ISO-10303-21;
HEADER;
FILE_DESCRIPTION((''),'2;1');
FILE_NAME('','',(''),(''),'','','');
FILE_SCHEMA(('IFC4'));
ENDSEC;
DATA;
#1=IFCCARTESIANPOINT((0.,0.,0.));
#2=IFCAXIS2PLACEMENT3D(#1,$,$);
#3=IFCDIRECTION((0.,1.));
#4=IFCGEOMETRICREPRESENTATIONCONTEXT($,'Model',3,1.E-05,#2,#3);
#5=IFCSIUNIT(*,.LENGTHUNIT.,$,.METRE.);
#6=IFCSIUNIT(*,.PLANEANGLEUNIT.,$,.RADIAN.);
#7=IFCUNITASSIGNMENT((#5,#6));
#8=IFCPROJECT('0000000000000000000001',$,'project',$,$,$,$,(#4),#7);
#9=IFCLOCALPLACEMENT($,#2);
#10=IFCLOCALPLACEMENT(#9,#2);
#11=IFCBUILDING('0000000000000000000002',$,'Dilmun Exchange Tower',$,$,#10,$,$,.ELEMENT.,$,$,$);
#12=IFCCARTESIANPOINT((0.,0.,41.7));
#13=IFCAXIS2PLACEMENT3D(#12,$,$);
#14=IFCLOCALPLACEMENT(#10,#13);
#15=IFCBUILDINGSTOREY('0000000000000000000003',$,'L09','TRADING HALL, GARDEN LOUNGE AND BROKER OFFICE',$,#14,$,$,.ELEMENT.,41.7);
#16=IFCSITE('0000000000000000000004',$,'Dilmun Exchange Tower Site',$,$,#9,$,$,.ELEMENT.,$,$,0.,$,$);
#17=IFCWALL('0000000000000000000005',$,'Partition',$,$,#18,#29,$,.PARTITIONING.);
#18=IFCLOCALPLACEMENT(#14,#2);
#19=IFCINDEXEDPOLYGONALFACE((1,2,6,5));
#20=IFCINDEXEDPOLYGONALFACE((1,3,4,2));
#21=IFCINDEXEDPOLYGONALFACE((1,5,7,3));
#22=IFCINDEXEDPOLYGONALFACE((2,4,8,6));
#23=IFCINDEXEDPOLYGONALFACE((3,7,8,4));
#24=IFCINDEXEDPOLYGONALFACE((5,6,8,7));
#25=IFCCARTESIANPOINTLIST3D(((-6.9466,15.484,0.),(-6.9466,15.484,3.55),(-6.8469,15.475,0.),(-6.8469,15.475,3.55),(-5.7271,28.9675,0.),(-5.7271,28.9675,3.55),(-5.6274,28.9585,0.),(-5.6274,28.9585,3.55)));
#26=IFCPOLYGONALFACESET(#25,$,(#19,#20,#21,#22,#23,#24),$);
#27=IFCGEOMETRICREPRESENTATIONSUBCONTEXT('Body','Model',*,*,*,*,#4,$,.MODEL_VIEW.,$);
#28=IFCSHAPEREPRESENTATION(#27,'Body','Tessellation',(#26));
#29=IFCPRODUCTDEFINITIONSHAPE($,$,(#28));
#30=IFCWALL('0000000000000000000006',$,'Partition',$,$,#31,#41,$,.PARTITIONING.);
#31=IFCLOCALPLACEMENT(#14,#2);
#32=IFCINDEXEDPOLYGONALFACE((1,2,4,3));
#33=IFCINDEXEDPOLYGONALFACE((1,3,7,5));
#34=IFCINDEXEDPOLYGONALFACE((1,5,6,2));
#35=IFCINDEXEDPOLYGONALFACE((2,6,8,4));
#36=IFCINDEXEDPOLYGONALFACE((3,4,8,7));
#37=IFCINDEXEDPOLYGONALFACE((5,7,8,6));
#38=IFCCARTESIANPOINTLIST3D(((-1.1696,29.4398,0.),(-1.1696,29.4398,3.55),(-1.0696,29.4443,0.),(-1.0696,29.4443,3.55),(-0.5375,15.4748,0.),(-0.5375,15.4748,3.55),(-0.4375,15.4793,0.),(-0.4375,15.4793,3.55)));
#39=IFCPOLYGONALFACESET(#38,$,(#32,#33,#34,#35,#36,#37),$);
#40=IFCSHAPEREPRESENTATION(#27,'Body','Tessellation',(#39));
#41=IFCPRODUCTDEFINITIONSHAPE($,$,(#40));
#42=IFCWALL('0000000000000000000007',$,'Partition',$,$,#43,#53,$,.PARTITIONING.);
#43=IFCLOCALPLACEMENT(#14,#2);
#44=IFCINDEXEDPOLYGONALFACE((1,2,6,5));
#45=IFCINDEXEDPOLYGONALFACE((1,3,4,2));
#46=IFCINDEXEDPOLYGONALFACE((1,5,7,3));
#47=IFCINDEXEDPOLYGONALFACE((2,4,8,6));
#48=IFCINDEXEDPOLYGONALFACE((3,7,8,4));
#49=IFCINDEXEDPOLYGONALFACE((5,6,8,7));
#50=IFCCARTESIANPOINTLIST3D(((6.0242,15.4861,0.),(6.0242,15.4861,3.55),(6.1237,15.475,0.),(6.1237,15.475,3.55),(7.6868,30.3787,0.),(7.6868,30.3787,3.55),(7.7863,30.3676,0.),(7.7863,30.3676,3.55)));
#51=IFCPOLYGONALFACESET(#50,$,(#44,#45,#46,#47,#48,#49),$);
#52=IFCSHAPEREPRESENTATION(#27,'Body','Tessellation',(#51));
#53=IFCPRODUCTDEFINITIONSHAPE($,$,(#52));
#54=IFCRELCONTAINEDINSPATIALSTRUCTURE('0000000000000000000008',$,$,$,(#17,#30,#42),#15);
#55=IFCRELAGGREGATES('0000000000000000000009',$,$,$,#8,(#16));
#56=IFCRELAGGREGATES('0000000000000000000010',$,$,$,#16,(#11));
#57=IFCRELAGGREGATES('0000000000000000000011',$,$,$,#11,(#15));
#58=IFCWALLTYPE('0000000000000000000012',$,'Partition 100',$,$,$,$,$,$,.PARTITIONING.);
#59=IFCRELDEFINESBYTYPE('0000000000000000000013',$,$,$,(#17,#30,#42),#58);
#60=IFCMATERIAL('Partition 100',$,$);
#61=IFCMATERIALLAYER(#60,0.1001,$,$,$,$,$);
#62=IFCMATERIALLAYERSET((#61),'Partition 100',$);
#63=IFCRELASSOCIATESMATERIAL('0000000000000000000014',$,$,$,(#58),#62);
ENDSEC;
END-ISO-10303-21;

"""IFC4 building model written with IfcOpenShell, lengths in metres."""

from ifc_helpers import new_model, si_unit, direction, frame, frame_2d, origin, place, context, subcontext, project, spatial, rectangle, extrude, material, layer, layer_set, type_object, element, save


model = new_model("IFC4")

# Units and contexts
model_context = context("Model", 3, precision=1e-05, world=origin(), true_north=direction((0.0, 1.0)))
body_context = subcontext(model_context, "Body", "Model", "MODEL_VIEW")
ifc_project = project(units=[si_unit("LENGTHUNIT", "METRE"), si_unit("PLANEANGLEUNIT", "RADIAN")], contexts=[model_context])

# Site, building, storey
site_placement = place(None, origin())
site = spatial("IfcSite", under=ifc_project, at=site_placement, Name="Dilmun Exchange Tower Site", CompositionType="ELEMENT", RefElevation=0.0)
building_placement = place(site_placement, origin())
building = spatial("IfcBuilding", under=site, at=building_placement, Name="Dilmun Exchange Tower", CompositionType="ELEMENT")
storey_placement = place(building_placement, frame((0.0, 0.0, 41.7)))
storey = spatial("IfcBuildingStorey", under=building, at=storey_placement, Name="L09", Description="TRADING HALL, GARDEN LOUNGE AND BROKER OFFICE", CompositionType="ELEMENT", Elevation=41.7)

# Walls
ifc_material_1 = material(Name="Partition 100")
ifc_layer_1 = layer(ifc_material_1, 0.1001)
ifc_layer_set_1 = layer_set([ifc_layer_1], Name="Partition 100")
wall_type_1 = type_object("IfcWallType", Name="Partition 100", PredefinedType="PARTITIONING", material=ifc_layer_set_1)
wall_1_placement = place(storey_placement, frame((-6.8967, 15.4795, 0.0), z_axis=(0.0, 0.0, 1.0), x_axis=(0.090074, 0.995935, 0.0)))
element("IfcWall", 1, at=wall_1_placement, inside=storey, type_object=wall_type_1, Name="Partition", PredefinedType="PARTITIONING", context=body_context, shape_type="SweptSolid", body=[
    extrude(rectangle(XDim=13.5386, YDim=0.1001, at=frame_2d((6.7693, 0.0))), origin(), (0.0, 0.0, 1.0), 3.55),
])
wall_2_placement = place(storey_placement, frame((-1.1196, 29.4421, 0.0), z_axis=(0.0, 0.0, 1.0), x_axis=(0.045216, -0.998977, 0.0)))
element("IfcWall", 2, at=wall_2_placement, inside=storey, type_object=wall_type_1, Name="Partition", PredefinedType="PARTITIONING", context=body_context, shape_type="SweptSolid", body=[
    extrude(rectangle(XDim=13.9792, YDim=0.1001, at=frame_2d((6.9897, 0.0))), origin(), (0.0, 0.0, 1.0), 3.55),
])
wall_3_placement = place(storey_placement, frame((6.074, 15.4805, 0.0), z_axis=(0.0, 0.0, 1.0), x_axis=(0.11095, 0.993826, 0.0)))
element("IfcWall", 3, at=wall_3_placement, inside=storey, type_object=wall_type_1, Name="Partition", PredefinedType="PARTITIONING", context=body_context, shape_type="SweptSolid", body=[
    extrude(rectangle(XDim=14.9851, YDim=0.1001, at=frame_2d((7.4927, 0.0))), origin(), (0.0, 0.0, 1.0), 3.55),
])

save(model, "model.ifc")
